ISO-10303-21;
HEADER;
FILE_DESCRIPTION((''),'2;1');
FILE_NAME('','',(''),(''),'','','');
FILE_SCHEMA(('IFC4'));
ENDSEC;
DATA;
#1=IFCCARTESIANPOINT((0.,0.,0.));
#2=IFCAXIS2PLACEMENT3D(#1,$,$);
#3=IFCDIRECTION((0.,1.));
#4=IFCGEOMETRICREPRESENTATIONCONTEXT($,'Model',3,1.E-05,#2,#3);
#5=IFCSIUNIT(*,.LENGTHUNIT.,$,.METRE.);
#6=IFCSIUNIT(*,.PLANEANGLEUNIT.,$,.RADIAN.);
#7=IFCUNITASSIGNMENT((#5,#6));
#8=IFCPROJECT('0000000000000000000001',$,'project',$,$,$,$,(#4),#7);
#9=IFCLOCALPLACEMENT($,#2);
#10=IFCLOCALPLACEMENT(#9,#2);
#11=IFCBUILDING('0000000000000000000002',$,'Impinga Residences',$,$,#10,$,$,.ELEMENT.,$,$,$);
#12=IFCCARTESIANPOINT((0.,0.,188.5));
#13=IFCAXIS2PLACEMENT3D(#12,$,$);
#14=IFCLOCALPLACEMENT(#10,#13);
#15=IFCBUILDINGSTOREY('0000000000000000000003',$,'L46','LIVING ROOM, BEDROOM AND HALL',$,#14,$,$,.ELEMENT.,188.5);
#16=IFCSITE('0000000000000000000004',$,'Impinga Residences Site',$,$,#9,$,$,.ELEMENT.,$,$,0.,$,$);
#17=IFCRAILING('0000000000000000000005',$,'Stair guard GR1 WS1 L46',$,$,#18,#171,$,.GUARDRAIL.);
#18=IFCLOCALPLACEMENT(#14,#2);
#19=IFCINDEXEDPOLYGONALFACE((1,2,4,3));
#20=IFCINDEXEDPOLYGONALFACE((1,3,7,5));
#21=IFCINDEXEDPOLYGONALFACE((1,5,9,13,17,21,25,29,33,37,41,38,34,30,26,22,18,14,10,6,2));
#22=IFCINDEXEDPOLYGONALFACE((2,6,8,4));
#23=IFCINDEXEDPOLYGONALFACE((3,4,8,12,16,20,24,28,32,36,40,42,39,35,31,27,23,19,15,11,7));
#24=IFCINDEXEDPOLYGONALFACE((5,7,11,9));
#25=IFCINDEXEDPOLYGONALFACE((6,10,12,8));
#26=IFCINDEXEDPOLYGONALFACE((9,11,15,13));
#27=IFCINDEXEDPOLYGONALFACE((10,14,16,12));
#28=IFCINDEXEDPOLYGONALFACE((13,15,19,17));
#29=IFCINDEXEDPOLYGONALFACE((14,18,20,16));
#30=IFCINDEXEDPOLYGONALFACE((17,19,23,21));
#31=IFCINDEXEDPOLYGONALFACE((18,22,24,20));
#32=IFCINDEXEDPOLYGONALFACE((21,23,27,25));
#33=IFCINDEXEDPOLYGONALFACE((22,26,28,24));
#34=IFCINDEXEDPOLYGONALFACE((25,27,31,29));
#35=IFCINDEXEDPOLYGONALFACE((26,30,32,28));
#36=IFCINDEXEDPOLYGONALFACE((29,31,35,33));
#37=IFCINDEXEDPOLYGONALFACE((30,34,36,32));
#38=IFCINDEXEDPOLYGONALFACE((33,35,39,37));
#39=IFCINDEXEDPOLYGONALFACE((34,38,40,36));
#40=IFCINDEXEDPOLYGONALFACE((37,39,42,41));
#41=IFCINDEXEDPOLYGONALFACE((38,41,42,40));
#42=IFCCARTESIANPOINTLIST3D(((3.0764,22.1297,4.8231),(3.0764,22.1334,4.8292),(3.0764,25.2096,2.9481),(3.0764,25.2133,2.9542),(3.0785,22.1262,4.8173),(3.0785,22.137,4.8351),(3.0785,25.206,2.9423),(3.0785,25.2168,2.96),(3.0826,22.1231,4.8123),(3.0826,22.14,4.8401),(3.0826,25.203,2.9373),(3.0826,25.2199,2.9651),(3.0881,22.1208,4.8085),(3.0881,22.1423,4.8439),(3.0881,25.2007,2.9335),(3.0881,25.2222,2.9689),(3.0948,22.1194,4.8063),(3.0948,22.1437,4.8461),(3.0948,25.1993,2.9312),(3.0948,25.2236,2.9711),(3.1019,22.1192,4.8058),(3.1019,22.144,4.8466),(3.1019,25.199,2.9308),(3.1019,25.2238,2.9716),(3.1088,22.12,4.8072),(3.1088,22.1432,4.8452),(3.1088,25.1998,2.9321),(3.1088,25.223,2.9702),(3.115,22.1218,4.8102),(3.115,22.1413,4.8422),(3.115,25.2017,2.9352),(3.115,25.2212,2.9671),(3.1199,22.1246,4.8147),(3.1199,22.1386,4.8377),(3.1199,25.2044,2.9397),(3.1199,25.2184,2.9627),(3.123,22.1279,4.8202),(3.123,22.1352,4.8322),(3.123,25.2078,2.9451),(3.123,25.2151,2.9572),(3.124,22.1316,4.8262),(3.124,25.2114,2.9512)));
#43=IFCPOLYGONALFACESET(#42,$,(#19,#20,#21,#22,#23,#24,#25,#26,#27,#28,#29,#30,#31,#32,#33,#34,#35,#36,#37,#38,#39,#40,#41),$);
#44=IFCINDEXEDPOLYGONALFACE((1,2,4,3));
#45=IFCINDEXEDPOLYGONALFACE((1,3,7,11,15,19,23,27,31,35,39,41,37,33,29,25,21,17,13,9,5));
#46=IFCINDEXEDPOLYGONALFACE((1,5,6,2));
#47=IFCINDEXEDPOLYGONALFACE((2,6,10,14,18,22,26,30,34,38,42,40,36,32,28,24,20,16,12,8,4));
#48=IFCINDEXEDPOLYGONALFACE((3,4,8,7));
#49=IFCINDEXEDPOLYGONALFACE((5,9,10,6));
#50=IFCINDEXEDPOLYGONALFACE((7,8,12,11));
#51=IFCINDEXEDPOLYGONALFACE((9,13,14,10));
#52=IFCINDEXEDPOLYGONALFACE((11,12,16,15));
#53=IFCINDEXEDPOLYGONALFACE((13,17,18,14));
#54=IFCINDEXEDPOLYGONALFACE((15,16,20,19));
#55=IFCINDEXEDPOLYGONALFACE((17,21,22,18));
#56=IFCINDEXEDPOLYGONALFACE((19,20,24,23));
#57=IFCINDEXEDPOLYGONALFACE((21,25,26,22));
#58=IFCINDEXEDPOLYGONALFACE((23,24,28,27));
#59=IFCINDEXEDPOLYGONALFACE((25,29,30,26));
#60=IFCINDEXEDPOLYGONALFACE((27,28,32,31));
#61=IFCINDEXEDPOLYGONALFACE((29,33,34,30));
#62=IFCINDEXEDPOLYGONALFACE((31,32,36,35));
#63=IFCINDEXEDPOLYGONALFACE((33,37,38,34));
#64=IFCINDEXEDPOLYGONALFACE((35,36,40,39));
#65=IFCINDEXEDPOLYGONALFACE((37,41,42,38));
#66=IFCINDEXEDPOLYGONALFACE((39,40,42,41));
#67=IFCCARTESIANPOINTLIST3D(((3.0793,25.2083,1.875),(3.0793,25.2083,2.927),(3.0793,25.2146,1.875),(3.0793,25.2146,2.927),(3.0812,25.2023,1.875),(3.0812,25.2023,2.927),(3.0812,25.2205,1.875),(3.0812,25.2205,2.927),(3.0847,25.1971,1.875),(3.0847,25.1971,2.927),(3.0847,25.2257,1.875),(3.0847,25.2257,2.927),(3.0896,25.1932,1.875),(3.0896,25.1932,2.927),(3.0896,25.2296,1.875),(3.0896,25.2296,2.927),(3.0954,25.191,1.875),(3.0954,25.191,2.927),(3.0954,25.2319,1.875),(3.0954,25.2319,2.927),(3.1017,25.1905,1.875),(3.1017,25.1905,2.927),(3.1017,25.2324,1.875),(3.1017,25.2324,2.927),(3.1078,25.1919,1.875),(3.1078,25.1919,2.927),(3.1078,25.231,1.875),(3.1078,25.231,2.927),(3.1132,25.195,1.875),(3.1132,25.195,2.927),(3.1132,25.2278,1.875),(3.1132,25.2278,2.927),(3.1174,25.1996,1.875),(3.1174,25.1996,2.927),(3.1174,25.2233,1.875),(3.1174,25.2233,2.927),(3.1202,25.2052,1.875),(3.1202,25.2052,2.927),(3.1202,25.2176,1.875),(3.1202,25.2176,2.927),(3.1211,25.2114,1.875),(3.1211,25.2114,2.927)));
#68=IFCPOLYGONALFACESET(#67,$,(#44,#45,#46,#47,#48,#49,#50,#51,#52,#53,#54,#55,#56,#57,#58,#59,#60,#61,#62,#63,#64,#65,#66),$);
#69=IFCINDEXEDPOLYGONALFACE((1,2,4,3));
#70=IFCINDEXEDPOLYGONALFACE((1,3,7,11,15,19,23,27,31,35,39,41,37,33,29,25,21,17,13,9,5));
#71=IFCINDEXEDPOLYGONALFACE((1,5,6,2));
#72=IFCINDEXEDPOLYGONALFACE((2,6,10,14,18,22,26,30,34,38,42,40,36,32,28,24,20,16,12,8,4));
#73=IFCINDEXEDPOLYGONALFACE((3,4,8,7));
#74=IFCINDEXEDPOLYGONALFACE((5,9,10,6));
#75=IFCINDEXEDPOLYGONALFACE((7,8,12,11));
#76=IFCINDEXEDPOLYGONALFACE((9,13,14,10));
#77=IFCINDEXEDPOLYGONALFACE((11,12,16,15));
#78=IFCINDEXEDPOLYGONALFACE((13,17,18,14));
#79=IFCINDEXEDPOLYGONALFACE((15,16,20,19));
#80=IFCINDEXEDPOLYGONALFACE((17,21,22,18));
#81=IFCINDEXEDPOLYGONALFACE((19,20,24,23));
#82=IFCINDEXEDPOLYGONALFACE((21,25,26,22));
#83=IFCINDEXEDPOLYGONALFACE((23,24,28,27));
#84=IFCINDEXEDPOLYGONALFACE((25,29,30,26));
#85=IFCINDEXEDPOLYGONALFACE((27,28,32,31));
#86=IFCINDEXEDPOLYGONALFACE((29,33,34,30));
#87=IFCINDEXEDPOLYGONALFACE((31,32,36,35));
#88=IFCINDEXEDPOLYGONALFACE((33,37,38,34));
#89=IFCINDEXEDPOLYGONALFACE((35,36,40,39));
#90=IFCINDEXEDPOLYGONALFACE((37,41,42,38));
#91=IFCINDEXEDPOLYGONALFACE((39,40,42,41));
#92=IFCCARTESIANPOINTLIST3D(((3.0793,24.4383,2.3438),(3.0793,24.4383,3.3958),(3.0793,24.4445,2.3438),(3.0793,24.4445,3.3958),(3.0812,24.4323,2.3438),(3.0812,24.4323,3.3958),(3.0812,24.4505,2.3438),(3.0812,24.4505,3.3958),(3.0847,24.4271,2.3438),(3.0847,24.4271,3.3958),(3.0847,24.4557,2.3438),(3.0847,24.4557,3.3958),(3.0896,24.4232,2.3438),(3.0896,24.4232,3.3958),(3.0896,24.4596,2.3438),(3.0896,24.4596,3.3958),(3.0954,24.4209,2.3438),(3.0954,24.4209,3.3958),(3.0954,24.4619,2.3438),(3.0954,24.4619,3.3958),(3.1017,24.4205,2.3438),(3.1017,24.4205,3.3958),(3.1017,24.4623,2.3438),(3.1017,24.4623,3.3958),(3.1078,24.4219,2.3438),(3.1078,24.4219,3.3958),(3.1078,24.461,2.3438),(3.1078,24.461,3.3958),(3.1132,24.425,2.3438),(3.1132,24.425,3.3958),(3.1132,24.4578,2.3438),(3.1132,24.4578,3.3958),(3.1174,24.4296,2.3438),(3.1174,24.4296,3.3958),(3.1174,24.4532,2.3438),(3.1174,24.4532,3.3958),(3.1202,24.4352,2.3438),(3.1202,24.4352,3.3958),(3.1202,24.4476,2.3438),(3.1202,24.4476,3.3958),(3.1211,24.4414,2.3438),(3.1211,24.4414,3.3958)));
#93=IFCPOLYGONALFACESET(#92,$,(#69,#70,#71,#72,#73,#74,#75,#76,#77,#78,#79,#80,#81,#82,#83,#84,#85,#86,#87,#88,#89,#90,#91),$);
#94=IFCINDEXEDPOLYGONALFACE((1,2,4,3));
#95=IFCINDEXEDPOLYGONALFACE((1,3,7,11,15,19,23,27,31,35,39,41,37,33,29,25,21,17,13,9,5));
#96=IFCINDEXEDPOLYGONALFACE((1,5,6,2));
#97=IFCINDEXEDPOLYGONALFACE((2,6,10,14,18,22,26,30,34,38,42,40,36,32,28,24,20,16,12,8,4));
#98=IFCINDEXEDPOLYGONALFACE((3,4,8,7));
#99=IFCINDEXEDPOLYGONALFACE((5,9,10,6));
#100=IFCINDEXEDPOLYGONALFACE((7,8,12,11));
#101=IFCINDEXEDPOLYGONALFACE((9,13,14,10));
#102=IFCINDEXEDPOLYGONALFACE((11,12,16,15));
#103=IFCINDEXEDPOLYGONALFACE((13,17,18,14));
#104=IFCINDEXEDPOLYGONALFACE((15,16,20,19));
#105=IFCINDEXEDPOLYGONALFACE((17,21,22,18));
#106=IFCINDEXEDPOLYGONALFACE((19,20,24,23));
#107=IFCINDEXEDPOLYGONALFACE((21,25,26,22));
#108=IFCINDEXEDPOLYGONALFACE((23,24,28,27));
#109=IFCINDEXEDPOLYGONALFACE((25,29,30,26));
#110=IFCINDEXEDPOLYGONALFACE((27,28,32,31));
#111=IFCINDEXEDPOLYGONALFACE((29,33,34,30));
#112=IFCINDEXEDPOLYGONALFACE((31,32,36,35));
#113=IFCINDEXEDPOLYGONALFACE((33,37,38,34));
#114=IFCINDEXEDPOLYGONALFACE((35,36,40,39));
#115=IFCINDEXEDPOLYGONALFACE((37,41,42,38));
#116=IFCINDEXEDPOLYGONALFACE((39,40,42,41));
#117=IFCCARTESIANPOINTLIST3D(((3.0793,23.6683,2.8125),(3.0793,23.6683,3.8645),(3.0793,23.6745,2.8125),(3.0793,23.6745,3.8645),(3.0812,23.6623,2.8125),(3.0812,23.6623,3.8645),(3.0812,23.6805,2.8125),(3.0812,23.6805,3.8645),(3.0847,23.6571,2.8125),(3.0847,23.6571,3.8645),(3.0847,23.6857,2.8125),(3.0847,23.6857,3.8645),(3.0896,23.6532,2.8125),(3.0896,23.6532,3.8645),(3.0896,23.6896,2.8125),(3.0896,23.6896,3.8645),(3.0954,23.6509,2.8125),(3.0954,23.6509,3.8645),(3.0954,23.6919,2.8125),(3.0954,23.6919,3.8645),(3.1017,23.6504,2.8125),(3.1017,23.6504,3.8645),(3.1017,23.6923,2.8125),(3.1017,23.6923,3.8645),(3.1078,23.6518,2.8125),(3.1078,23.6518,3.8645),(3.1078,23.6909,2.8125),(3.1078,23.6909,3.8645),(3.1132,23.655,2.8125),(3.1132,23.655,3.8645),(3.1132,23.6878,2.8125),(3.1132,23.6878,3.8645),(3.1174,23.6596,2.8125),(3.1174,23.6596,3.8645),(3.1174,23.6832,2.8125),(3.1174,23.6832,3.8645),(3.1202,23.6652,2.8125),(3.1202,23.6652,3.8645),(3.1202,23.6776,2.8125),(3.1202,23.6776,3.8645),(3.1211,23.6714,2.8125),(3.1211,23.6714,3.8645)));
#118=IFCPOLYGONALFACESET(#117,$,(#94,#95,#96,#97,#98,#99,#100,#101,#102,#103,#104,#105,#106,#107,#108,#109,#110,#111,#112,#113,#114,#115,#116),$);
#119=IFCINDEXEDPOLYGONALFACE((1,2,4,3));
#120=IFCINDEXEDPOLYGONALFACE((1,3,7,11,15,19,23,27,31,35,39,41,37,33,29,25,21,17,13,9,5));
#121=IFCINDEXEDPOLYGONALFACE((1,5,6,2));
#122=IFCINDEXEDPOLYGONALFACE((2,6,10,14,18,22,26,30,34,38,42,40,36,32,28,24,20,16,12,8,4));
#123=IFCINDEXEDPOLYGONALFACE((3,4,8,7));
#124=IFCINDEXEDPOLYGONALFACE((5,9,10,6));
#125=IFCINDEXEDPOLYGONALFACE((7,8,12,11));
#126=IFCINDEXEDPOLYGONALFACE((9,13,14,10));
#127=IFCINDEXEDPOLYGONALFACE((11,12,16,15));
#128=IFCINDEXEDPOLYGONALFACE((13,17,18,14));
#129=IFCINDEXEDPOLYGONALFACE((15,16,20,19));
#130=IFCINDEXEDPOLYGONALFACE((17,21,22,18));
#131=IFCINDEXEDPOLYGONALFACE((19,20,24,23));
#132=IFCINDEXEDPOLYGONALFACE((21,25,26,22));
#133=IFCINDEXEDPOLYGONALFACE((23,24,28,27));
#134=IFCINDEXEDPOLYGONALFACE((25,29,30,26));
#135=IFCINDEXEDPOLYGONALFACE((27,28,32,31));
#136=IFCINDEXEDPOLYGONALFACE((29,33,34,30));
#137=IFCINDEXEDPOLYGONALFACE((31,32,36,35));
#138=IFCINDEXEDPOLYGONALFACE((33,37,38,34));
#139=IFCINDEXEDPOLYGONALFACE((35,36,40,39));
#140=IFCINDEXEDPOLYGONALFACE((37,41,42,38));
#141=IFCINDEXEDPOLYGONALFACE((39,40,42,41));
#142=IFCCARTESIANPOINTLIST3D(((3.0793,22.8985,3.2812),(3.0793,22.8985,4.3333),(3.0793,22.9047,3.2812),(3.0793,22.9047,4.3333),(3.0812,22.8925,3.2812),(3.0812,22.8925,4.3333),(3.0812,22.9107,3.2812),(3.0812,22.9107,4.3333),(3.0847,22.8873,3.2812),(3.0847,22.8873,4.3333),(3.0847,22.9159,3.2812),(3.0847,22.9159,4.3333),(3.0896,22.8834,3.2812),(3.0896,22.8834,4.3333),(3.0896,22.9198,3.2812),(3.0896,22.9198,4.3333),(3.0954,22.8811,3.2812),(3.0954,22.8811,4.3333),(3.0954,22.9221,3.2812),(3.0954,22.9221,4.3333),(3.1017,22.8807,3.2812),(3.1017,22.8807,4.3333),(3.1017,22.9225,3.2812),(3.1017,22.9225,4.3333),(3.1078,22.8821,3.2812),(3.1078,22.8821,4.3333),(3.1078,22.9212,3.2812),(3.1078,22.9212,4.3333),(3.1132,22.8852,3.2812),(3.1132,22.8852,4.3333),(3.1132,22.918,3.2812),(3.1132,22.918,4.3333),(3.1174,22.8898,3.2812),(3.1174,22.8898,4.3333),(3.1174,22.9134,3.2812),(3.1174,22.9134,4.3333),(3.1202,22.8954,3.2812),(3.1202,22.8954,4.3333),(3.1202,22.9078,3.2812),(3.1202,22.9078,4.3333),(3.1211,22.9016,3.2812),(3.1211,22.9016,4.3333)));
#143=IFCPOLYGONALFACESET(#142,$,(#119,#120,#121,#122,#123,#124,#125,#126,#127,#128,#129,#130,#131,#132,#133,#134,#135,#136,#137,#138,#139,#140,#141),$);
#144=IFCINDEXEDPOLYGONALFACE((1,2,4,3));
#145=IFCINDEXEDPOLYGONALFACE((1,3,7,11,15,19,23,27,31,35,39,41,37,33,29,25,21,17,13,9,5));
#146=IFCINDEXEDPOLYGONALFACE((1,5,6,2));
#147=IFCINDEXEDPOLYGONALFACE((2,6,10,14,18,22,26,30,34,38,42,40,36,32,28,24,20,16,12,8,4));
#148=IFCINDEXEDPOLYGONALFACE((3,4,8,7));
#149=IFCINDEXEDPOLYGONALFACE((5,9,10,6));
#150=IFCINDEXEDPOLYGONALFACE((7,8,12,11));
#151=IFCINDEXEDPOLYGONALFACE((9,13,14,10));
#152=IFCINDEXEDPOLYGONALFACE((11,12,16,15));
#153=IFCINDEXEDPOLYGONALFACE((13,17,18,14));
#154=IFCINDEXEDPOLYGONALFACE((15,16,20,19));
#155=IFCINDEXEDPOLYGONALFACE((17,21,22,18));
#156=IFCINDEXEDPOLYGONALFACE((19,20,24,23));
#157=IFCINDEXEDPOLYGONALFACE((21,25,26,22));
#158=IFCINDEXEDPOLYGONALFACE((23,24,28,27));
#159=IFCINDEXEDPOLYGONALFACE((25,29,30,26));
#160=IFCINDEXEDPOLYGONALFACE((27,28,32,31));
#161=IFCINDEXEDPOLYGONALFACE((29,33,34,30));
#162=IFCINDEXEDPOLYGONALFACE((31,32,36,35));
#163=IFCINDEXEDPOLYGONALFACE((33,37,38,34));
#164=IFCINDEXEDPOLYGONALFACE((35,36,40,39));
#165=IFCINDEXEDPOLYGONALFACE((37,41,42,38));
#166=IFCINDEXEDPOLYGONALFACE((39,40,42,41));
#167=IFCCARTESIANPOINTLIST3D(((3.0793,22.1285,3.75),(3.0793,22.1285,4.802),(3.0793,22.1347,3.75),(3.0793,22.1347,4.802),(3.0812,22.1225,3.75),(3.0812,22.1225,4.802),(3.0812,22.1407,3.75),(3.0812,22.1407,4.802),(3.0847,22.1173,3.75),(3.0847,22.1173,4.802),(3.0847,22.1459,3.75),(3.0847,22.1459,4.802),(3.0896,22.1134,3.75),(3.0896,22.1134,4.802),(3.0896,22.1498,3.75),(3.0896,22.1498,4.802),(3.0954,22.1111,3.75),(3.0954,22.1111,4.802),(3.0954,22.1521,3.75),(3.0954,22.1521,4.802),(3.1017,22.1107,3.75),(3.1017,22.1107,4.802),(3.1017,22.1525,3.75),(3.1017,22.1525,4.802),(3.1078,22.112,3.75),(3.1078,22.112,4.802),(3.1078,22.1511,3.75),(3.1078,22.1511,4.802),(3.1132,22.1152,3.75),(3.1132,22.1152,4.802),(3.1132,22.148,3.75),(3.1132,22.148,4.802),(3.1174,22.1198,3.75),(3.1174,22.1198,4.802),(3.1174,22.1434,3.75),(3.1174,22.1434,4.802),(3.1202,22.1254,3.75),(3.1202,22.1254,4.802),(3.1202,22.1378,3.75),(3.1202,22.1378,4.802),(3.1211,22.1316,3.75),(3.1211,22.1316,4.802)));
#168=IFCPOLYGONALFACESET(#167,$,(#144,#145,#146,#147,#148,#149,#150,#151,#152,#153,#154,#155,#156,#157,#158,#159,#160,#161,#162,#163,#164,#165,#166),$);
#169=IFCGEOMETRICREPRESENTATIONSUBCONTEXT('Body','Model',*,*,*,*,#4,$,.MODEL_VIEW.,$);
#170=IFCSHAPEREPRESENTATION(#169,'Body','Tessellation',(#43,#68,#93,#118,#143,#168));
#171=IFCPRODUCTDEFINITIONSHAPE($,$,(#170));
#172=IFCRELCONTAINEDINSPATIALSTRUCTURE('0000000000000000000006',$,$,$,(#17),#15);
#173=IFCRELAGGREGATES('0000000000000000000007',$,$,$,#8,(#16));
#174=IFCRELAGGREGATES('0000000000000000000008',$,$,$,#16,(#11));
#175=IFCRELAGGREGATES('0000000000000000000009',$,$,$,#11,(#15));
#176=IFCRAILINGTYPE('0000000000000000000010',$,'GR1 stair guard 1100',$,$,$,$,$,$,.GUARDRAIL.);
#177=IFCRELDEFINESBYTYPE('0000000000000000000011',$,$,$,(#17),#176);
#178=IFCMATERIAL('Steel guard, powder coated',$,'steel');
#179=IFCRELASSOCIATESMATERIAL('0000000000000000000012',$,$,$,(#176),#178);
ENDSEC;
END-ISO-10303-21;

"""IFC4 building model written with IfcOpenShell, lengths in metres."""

from ifc_helpers import new_model, si_unit, direction, frame, origin, origin_2d, place, context, subcontext, project, spatial, circle, extrude, material, type_object, element, save


model = new_model("IFC4")

# Units and contexts
model_context = context("Model", 3, precision=1e-05, world=origin(), true_north=direction((0.0, 1.0)))
body_context = subcontext(model_context, "Body", "Model", "MODEL_VIEW")
ifc_project = project(units=[si_unit("LENGTHUNIT", "METRE"), si_unit("PLANEANGLEUNIT", "RADIAN")], contexts=[model_context])

# Site, building, storey
site_placement = place(None, origin())
site = spatial("IfcSite", under=ifc_project, at=site_placement, Name="Impinga Residences Site", CompositionType="ELEMENT", RefElevation=0.0)
building_placement = place(site_placement, origin())
building = spatial("IfcBuilding", under=site, at=building_placement, Name="Impinga Residences", CompositionType="ELEMENT")
storey_placement = place(building_placement, frame((0.0, 0.0, 188.5)))
storey = spatial("IfcBuildingStorey", under=building, at=storey_placement, Name="L46", Description="LIVING ROOM, BEDROOM AND HALL", CompositionType="ELEMENT", Elevation=188.5)

# Railing
ifc_material_1 = material(Name="Steel guard, powder coated", Category="steel")
railing_type_1 = type_object("IfcRailingType", Name="GR1 stair guard 1100", PredefinedType="GUARDRAIL", material=ifc_material_1)
railing_1_placement = place(storey_placement, frame((3.1001, 25.2114, 1.875)))
element("IfcRailing", 1, at=railing_1_placement, inside=storey, type_object=railing_type_1, Name="Stair guard GR1 WS1 L46", PredefinedType="GUARDRAIL", context=body_context, shape_type="SweptSolid", body=[
    extrude(circle(Radius=0.0239, at=origin_2d()), frame((0.0, 0.0, 1.0762), z_axis=(0.0, -0.854159, 0.520011), x_axis=(1.0, 0.0, 0.0)), (0.0, 0.0, 1.0), 3.6057),
    extrude(circle(Radius=0.021, at=origin_2d()), origin(), (0.0, 0.0, 1.0), 1.052),
    extrude(circle(Radius=0.021, at=origin_2d()), frame((0.0, -0.77, 0.4688)), (0.0, 0.0, 1.0), 1.052),
    extrude(circle(Radius=0.021, at=origin_2d()), frame((0.0, -1.54, 0.9375)), (0.0, 0.0, 1.0), 1.052),
    extrude(circle(Radius=0.021, at=origin_2d()), frame((0.0, -2.3098, 1.4062)), (0.0, 0.0, 1.0), 1.052),
    extrude(circle(Radius=0.021, at=origin_2d()), frame((0.0, -3.0798, 1.875)), (0.0, 0.0, 1.0), 1.052),
])

save(model, "model.ifc")
